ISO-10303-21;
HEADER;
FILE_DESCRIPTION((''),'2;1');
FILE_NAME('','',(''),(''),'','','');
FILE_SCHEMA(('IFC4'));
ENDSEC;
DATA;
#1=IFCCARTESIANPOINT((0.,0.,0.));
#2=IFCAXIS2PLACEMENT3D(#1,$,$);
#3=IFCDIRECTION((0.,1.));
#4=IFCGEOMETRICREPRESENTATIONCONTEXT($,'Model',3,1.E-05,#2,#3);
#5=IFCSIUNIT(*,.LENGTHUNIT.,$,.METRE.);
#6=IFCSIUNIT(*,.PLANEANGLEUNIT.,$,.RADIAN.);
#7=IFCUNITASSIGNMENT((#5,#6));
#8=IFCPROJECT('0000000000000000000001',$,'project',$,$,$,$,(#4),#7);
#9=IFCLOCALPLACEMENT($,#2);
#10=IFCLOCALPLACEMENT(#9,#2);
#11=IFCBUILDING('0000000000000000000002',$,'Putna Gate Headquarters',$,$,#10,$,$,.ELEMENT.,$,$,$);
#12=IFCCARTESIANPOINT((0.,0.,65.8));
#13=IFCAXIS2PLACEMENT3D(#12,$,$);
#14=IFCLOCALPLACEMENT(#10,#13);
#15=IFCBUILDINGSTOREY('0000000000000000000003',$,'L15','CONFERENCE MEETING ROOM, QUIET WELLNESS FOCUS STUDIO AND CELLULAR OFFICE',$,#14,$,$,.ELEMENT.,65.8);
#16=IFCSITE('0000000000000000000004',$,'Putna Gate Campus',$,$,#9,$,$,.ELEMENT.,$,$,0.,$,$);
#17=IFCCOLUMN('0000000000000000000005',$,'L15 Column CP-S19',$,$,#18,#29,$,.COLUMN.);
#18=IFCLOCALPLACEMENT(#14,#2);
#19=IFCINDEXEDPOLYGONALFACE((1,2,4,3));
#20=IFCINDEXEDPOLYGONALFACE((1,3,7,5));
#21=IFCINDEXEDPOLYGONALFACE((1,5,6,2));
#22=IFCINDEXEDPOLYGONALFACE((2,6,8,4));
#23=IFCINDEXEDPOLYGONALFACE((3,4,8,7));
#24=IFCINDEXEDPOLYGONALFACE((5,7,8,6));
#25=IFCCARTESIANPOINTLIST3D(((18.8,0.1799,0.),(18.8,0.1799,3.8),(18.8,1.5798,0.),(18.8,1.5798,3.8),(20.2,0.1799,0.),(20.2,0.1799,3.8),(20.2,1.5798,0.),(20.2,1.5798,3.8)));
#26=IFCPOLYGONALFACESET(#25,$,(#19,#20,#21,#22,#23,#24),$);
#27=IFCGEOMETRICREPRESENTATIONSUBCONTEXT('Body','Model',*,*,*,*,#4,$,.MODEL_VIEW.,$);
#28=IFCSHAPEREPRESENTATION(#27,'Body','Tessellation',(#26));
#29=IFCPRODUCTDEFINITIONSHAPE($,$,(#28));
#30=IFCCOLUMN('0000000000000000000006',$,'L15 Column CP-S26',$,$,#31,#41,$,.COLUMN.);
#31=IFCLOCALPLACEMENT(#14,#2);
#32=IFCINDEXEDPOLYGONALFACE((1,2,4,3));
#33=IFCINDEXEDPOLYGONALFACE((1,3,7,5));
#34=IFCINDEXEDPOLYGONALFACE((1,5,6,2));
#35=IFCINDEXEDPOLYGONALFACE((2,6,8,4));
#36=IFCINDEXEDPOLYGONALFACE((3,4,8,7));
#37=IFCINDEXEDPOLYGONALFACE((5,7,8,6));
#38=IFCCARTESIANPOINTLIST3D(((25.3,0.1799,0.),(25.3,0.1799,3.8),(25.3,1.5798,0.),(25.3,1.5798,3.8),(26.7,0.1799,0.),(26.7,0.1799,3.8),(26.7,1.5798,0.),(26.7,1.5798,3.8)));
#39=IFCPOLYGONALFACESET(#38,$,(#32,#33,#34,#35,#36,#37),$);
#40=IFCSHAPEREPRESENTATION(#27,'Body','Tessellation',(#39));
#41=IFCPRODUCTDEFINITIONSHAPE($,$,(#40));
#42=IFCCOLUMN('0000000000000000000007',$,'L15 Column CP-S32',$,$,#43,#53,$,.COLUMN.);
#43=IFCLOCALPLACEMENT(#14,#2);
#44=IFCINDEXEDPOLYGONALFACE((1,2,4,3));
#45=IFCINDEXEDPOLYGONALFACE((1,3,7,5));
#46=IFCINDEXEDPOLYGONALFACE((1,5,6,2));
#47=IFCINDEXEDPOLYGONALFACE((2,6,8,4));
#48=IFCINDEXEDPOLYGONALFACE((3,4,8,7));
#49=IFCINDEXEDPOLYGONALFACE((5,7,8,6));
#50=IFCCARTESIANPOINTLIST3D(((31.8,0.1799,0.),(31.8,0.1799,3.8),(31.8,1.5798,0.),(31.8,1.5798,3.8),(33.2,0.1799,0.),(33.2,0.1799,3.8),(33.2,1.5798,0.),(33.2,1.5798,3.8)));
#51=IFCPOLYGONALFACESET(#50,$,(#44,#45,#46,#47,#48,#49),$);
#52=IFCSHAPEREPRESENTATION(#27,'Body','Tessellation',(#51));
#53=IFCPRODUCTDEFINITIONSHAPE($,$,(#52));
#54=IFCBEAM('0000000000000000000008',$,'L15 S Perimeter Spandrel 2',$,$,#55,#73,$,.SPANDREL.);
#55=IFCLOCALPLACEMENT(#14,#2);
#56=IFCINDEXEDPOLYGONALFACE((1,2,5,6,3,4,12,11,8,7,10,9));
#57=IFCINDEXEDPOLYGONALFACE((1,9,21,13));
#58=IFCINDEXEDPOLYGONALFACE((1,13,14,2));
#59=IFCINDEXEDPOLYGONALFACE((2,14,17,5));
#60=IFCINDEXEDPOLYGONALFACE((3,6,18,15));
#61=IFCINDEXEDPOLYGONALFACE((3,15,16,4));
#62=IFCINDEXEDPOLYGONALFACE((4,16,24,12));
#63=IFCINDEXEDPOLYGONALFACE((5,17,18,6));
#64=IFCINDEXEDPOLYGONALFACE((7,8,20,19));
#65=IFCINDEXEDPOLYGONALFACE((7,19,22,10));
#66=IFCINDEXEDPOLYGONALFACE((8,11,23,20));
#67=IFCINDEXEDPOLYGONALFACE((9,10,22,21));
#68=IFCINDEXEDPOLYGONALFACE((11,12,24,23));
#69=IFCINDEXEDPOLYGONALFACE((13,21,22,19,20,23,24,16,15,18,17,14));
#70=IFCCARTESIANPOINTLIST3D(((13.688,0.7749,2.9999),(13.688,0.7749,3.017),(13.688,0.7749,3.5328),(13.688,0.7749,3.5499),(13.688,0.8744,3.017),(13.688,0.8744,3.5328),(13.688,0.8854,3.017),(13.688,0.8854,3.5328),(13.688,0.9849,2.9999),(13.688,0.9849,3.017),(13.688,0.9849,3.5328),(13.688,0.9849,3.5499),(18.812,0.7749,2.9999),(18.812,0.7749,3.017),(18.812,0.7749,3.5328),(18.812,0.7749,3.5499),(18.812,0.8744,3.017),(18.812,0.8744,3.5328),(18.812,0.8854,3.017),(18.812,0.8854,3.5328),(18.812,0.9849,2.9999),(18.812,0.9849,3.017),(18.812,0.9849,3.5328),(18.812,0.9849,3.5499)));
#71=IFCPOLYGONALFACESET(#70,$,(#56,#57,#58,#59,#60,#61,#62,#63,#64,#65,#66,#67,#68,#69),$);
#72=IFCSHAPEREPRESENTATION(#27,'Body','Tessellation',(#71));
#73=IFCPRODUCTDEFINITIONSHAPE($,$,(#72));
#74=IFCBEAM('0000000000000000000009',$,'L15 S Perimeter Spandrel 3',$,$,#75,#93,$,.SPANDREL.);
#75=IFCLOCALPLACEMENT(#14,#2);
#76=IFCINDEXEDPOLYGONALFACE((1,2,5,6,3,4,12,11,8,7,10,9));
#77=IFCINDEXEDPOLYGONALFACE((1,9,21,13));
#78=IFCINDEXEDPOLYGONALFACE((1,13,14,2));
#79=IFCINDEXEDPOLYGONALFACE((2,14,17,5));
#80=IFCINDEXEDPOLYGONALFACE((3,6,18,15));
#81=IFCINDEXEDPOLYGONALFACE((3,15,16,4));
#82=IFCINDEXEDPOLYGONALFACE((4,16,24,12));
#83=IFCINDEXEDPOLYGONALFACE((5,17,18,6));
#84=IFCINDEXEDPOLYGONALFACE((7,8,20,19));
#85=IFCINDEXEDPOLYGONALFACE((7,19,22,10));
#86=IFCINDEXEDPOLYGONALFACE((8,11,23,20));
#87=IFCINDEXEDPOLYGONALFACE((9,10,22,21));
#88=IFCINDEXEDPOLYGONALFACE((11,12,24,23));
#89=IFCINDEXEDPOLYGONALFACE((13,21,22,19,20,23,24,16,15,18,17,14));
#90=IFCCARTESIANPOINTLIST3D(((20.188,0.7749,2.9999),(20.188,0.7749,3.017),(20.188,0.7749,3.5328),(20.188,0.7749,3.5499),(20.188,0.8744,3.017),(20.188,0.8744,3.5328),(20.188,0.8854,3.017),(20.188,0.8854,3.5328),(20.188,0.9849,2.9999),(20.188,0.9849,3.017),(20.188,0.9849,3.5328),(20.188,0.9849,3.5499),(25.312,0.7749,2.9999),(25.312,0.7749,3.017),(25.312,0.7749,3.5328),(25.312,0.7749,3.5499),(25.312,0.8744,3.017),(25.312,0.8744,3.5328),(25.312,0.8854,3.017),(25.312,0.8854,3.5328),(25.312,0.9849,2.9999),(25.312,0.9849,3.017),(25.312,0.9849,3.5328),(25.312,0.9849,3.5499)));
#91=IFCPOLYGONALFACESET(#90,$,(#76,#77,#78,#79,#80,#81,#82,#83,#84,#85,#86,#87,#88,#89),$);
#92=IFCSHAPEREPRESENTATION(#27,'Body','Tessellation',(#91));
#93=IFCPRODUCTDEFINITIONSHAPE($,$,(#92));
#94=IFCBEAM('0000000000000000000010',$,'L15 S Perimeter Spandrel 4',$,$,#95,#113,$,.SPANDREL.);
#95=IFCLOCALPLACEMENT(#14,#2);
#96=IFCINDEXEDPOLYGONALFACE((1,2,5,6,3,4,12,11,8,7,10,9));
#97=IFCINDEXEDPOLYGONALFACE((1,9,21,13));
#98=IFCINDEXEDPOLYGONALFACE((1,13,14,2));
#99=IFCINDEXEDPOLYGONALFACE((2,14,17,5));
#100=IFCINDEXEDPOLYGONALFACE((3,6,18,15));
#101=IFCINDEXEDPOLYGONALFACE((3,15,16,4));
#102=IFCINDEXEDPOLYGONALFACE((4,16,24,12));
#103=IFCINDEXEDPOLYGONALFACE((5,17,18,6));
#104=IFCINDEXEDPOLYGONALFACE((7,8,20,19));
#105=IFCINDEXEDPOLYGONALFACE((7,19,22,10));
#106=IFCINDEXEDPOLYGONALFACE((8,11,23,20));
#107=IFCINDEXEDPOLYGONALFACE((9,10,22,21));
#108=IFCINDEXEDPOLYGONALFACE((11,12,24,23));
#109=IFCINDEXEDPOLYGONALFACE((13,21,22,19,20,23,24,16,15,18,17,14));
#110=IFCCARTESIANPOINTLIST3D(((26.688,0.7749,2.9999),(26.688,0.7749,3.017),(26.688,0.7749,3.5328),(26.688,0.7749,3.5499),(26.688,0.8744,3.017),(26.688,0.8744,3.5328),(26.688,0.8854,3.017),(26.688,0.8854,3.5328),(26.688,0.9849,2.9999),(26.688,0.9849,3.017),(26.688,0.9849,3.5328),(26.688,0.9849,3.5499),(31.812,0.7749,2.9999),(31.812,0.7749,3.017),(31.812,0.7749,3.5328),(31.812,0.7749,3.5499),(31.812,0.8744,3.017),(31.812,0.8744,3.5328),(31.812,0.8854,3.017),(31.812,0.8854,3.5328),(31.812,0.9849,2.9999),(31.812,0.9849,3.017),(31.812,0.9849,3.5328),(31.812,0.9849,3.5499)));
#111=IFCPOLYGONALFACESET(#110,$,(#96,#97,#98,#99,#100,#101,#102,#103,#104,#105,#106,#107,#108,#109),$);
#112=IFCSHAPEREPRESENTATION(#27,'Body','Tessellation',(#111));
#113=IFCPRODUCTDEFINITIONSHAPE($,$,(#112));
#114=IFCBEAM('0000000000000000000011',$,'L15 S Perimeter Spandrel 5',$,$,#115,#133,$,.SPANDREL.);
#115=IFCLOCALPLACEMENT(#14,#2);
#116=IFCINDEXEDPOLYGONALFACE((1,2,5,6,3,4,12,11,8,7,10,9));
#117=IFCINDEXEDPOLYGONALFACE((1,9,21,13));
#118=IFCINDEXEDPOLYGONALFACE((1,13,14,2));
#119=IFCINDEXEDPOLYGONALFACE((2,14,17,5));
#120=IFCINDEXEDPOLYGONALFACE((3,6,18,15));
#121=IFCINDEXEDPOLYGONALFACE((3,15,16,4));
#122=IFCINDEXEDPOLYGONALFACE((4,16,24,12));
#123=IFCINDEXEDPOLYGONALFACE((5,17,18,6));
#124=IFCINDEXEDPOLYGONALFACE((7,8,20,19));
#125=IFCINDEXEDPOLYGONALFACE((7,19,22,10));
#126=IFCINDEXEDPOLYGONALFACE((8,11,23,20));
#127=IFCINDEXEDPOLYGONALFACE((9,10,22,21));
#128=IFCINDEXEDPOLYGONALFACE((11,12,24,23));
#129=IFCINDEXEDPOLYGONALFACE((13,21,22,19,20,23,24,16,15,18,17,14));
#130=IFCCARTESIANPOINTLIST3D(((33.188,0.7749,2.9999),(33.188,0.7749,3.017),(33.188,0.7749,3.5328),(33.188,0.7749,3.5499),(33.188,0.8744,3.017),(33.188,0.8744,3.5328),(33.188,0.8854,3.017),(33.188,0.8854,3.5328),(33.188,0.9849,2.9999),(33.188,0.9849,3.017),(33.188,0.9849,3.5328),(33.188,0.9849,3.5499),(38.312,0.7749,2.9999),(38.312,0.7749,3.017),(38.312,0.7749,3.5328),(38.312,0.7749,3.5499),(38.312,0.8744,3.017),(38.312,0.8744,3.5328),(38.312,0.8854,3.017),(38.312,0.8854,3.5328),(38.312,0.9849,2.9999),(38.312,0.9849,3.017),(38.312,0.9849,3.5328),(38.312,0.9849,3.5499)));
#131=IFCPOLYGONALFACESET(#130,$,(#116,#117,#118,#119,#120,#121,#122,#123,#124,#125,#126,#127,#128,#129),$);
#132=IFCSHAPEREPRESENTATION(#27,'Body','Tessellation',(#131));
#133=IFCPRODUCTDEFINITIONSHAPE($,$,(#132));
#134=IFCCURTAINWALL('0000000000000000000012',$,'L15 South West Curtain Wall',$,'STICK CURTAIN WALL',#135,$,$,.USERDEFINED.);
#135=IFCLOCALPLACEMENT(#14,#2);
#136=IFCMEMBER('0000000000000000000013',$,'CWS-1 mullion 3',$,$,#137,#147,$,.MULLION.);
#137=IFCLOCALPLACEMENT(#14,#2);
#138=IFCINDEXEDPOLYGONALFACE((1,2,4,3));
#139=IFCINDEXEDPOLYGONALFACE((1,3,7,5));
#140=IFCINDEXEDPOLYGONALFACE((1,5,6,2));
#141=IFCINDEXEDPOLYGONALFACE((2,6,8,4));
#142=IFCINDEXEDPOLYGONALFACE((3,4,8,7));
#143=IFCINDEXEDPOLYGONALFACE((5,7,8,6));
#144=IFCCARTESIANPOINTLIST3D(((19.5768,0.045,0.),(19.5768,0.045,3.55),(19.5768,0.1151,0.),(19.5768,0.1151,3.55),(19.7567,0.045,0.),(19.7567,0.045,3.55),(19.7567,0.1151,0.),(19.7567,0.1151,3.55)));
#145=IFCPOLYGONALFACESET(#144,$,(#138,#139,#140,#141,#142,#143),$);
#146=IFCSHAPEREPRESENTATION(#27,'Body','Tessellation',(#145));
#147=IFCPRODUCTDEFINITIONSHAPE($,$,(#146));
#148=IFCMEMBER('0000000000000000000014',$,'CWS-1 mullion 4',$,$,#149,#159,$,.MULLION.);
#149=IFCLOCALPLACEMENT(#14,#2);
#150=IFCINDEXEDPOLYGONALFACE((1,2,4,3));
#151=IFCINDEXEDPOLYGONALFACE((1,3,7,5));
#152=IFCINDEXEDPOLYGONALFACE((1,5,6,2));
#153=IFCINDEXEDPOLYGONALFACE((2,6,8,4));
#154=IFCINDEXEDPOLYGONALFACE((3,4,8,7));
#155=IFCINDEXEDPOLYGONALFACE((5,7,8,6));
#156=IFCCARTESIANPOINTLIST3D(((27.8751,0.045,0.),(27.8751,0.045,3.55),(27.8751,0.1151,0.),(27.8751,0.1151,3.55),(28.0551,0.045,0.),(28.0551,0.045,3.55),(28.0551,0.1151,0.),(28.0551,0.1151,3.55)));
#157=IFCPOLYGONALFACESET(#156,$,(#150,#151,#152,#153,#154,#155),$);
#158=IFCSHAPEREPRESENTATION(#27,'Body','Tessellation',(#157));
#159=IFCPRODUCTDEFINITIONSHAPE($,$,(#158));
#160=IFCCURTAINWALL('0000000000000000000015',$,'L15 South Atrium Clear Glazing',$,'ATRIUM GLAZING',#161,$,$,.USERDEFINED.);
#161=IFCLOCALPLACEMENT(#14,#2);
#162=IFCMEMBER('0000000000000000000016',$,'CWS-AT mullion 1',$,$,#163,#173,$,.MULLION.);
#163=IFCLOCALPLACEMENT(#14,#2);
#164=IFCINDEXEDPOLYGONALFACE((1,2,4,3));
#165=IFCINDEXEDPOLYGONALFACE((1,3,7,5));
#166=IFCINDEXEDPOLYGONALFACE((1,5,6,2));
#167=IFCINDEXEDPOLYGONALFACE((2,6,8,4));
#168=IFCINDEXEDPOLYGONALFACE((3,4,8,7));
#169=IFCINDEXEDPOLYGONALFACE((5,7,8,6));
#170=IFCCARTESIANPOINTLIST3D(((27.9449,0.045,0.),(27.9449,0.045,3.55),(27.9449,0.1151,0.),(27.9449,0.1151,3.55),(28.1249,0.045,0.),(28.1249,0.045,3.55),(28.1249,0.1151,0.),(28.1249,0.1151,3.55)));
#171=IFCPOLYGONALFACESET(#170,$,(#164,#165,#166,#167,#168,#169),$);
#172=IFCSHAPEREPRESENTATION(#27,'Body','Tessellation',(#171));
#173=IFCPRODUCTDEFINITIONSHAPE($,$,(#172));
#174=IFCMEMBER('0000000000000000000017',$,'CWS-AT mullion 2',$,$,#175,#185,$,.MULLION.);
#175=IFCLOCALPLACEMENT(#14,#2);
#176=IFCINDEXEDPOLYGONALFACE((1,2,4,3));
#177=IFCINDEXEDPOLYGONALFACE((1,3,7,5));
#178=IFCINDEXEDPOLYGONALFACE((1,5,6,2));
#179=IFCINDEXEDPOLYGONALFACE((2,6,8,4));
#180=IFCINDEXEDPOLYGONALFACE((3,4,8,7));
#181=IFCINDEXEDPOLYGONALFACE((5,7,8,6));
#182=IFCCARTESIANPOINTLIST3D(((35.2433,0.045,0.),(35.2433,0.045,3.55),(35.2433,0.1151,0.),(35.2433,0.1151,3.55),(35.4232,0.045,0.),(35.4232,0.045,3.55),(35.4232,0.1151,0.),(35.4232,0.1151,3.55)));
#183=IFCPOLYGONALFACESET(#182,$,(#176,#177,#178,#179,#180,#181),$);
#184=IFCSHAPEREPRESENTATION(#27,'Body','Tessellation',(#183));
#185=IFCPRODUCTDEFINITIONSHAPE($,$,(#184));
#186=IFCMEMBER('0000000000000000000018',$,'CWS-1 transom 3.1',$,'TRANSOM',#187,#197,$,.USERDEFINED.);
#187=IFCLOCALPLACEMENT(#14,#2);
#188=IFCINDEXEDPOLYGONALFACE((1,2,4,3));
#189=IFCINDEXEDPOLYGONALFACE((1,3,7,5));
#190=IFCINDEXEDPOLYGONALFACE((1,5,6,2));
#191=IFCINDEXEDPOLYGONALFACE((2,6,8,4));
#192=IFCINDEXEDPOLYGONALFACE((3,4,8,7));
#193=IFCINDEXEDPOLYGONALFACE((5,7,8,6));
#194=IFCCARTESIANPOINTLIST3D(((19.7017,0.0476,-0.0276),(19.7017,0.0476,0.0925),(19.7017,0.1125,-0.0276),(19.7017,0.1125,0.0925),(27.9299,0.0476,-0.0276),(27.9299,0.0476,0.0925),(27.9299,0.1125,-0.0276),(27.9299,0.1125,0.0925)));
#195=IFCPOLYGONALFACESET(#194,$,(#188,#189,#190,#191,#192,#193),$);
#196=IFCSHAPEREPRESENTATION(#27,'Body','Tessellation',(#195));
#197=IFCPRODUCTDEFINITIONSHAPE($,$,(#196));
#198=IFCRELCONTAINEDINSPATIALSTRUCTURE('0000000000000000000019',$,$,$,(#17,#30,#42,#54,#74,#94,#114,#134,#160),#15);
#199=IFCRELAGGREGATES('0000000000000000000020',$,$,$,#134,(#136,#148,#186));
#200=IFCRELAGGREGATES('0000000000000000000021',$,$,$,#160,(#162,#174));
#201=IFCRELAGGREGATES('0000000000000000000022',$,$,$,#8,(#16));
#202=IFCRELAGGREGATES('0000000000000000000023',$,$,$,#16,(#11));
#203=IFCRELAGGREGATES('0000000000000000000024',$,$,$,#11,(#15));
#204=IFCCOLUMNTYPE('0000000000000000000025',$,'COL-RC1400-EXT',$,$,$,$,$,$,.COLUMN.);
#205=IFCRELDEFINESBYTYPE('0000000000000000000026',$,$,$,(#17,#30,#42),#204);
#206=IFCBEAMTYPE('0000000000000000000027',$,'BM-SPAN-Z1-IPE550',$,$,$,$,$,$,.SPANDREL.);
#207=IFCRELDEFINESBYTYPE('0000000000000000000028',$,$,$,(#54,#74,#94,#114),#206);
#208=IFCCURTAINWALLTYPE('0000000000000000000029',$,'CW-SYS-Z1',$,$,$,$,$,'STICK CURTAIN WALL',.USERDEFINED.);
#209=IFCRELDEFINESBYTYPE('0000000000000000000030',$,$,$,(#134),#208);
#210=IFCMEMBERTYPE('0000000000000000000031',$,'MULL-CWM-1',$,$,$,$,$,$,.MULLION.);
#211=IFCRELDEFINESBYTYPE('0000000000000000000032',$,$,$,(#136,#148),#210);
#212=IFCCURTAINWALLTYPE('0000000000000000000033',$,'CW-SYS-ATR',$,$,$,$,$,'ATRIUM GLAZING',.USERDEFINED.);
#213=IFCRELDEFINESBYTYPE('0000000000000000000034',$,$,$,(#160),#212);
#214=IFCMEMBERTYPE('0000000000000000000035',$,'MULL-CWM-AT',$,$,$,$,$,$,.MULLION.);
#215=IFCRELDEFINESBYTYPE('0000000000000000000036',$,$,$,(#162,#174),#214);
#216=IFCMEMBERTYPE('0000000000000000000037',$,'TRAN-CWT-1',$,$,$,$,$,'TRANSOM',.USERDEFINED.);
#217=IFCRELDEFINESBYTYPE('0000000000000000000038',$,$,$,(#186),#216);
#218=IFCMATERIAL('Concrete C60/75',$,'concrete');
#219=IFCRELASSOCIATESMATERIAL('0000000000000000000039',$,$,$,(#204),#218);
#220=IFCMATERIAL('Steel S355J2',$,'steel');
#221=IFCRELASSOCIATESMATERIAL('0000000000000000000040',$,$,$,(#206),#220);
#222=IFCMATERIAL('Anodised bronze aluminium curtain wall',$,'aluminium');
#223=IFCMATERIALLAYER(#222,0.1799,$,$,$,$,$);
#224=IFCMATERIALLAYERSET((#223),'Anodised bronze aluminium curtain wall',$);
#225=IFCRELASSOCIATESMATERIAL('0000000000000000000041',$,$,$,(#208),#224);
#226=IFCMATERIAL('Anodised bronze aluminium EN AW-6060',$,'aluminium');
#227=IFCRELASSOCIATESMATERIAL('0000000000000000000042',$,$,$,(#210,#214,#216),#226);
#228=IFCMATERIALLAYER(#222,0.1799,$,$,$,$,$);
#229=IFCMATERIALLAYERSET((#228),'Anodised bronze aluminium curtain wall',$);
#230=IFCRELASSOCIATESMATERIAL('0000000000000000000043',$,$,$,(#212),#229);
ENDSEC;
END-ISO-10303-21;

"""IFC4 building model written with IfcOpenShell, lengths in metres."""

from ifc_helpers import new_model, si_unit, direction, frame, origin, origin_2d, place, context, subcontext, project, spatial, rectangle, i_section, extrude, material, layer, layer_set, material_profile, profile_set, type_object, element, aggregate, save


model = new_model("IFC4")

# Units and contexts
model_context = context("Model", 3, precision=1e-05, world=origin(), true_north=direction((0.0, 1.0)))
body_context = subcontext(model_context, "Body", "Model", "MODEL_VIEW")
ifc_project = project(units=[si_unit("LENGTHUNIT", "METRE"), si_unit("PLANEANGLEUNIT", "RADIAN")], contexts=[model_context])

# Site, building, storey
site_placement = place(None, origin())
site = spatial("IfcSite", under=ifc_project, at=site_placement, Name="Putna Gate Campus", CompositionType="ELEMENT", RefElevation=0.0)
building_placement = place(site_placement, origin())
building = spatial("IfcBuilding", under=site, at=building_placement, Name="Putna Gate Headquarters", CompositionType="ELEMENT")
storey_placement = place(building_placement, frame((0.0, 0.0, 65.8)))
storey = spatial("IfcBuildingStorey", under=building, at=storey_placement, Name="L15", Description="CONFERENCE MEETING ROOM, QUIET WELLNESS FOCUS STUDIO AND CELLULAR OFFICE", CompositionType="ELEMENT", Elevation=65.8)

# Columns
ifc_material_1 = material(Name="Concrete C60/75", Category="concrete")
ifc_material_profile_1 = material_profile(ifc_material_1, rectangle(XDim=1.3999, YDim=1.3999, at=origin_2d()), Name="Concrete C60/75")
ifc_profile_set_1 = profile_set([ifc_material_profile_1], Name="Concrete C60/75")
column_type = type_object("IfcColumnType", Name="COL-RC1400-EXT", PredefinedType="COLUMN", material=ifc_profile_set_1)
for number, where, z_axis, x_axis, name in (
    (1, (19.5, 0.8799, 0.0), (0.0, 0.0, 1.0), (1.0, 0.0, 0.0), "L15 Column CP-S19"),
    (2, (26.0, 0.8799, 0.0), (0.0, 0.0, 1.0), (1.0, 0.0, 0.0), "L15 Column CP-S26"),
    (3, (32.5, 0.8799, 0.0), (0.0, 0.0, 1.0), (1.0, 0.0, 0.0), "L15 Column CP-S32"),
):
    element("IfcColumn", number, at=place(storey_placement, frame(where, z_axis=z_axis, x_axis=x_axis)), inside=storey, type_object=column_type, Name=name, PredefinedType="COLUMN", context=body_context, shape_type="SweptSolid", body=[
        extrude(rectangle(XDim=1.3999, YDim=1.3999, at=origin_2d()), origin(), (0.0, 0.0, 1.0), 3.8),
    ])

# Beams
ifc_material_2 = material(Name="Steel S355J2", Category="steel")
ifc_material_profile_2 = material_profile(ifc_material_2, i_section(OverallWidth=0.21, OverallDepth=0.55, WebThickness=0.011, FlangeThickness=0.0171, at=origin_2d()), Name="Steel S355J2")
ifc_profile_set_2 = profile_set([ifc_material_profile_2], Name="Steel S355J2")
beam_type = type_object("IfcBeamType", Name="BM-SPAN-Z1-IPE550", PredefinedType="SPANDREL", material=ifc_profile_set_2)
for number, where, z_axis, x_axis, name in (
    (4, (13.688, 0.8799, 3.2749), (1.0, 0.0, 0.0), (0.0, 1.0, 0.0), "L15 S Perimeter Spandrel 2"),
    (5, (20.188, 0.8799, 3.2749), (1.0, 0.0, 0.0), (0.0, 1.0, 0.0), "L15 S Perimeter Spandrel 3"),
    (6, (26.688, 0.8799, 3.2749), (1.0, 0.0, 0.0), (0.0, 1.0, 0.0), "L15 S Perimeter Spandrel 4"),
    (7, (33.188, 0.8799, 3.2749), (1.0, 0.0, 0.0), (0.0, 1.0, 0.0), "L15 S Perimeter Spandrel 5"),
):
    element("IfcBeam", number, at=place(storey_placement, frame(where, z_axis=z_axis, x_axis=x_axis)), inside=storey, type_object=beam_type, Name=name, PredefinedType="SPANDREL", context=body_context, shape_type="SweptSolid", body=[
        extrude(i_section(OverallWidth=0.21, OverallDepth=0.55, WebThickness=0.011, FlangeThickness=0.0171, at=origin_2d()), origin(), (0.0, 0.0, 1.0), 5.124),
    ])

# Curtain walls, members
ifc_material_3 = material(Name="Anodised bronze aluminium curtain wall", Category="aluminium")
ifc_layer_1 = layer(ifc_material_3, 0.1799)
ifc_layer_set_1 = layer_set([ifc_layer_1], Name="Anodised bronze aluminium curtain wall")
curtain_wall_type_1 = type_object("IfcCurtainWallType", Name="CW-SYS-Z1", ElementType="STICK CURTAIN WALL", PredefinedType="USERDEFINED", material=ifc_layer_set_1)
curtain_wall_1_placement = place(storey_placement, origin())
curtain_wall_1 = element("IfcCurtainWall", 8, at=curtain_wall_1_placement, inside=storey, type_object=curtain_wall_type_1, Name="L15 South West Curtain Wall", ObjectType="STICK CURTAIN WALL", PredefinedType="USERDEFINED")
ifc_material_4 = material(Name="Anodised bronze aluminium EN AW-6060", Category="aluminium")
ifc_material_profile_3 = material_profile(ifc_material_4, rectangle(XDim=0.0701, YDim=0.1799, at=origin_2d()), Name="Anodised bronze aluminium EN AW-6060")
ifc_profile_set_3 = profile_set([ifc_material_profile_3], Name="Anodised bronze aluminium EN AW-6060")
member_type_1 = type_object("IfcMemberType", Name="MULL-CWM-1", PredefinedType="MULLION", material=ifc_profile_set_3)
member_1_placement = place(storey_placement, frame((19.6667, 0.0801, 0.0), z_axis=(0.0, 0.0, 1.0), x_axis=(0.0, 1.0, 0.0)))
member_1 = element("IfcMember", 9, at=member_1_placement, type_object=member_type_1, Name="CWS-1 mullion 3", PredefinedType="MULLION", context=body_context, shape_type="SweptSolid", body=[
    extrude(rectangle(XDim=0.0701, YDim=0.1799, at=origin_2d()), origin(), (0.0, 0.0, 1.0), 3.55),
])
member_2_placement = place(storey_placement, frame((27.9651, 0.0801, 0.0), z_axis=(0.0, 0.0, 1.0), x_axis=(0.0, 1.0, 0.0)))
member_2 = element("IfcMember", 10, at=member_2_placement, type_object=member_type_1, Name="CWS-1 mullion 4", PredefinedType="MULLION", context=body_context, shape_type="SweptSolid", body=[
    extrude(rectangle(XDim=0.0701, YDim=0.1799, at=origin_2d()), origin(), (0.0, 0.0, 1.0), 3.55),
])
ifc_layer_2 = layer(ifc_material_3, 0.1799)
ifc_layer_set_2 = layer_set([ifc_layer_2], Name="Anodised bronze aluminium curtain wall")
curtain_wall_type_2 = type_object("IfcCurtainWallType", Name="CW-SYS-ATR", ElementType="ATRIUM GLAZING", PredefinedType="USERDEFINED", material=ifc_layer_set_2)
curtain_wall_2_placement = place(storey_placement, origin())
curtain_wall_2 = element("IfcCurtainWall", 11, at=curtain_wall_2_placement, inside=storey, type_object=curtain_wall_type_2, Name="L15 South Atrium Clear Glazing", ObjectType="ATRIUM GLAZING", PredefinedType="USERDEFINED")
ifc_material_profile_4 = material_profile(ifc_material_4, rectangle(XDim=0.0701, YDim=0.1799, at=origin_2d()), Name="Anodised bronze aluminium EN AW-6060")
ifc_profile_set_4 = profile_set([ifc_material_profile_4], Name="Anodised bronze aluminium EN AW-6060")
member_type_2 = type_object("IfcMemberType", Name="MULL-CWM-AT", PredefinedType="MULLION", material=ifc_profile_set_4)
member_3_placement = place(storey_placement, frame((28.0349, 0.0801, 0.0), z_axis=(0.0, 0.0, 1.0), x_axis=(0.0, 1.0, 0.0)))
member_3 = element("IfcMember", 12, at=member_3_placement, type_object=member_type_2, Name="CWS-AT mullion 1", PredefinedType="MULLION", context=body_context, shape_type="SweptSolid", body=[
    extrude(rectangle(XDim=0.0701, YDim=0.1799, at=origin_2d()), origin(), (0.0, 0.0, 1.0), 3.55),
])
member_4_placement = place(storey_placement, frame((35.3333, 0.0801, 0.0), z_axis=(0.0, 0.0, 1.0), x_axis=(0.0, 1.0, 0.0)))
member_4 = element("IfcMember", 13, at=member_4_placement, type_object=member_type_2, Name="CWS-AT mullion 2", PredefinedType="MULLION", context=body_context, shape_type="SweptSolid", body=[
    extrude(rectangle(XDim=0.0701, YDim=0.1799, at=origin_2d()), origin(), (0.0, 0.0, 1.0), 3.55),
])

# Member
ifc_material_profile_5 = material_profile(ifc_material_4, rectangle(XDim=0.0649, YDim=0.1201, at=origin_2d()), Name="Anodised bronze aluminium EN AW-6060")
ifc_profile_set_5 = profile_set([ifc_material_profile_5], Name="Anodised bronze aluminium EN AW-6060")
member_type_3 = type_object("IfcMemberType", Name="TRAN-CWT-1", ElementType="TRANSOM", PredefinedType="USERDEFINED", material=ifc_profile_set_5)
member_5_placement = place(storey_placement, frame((19.7017, 0.0801, 0.0325), z_axis=(1.0, 0.0, 0.0), x_axis=(0.0, 1.0, 0.0)))
member_5 = element("IfcMember", 14, at=member_5_placement, type_object=member_type_3, Name="CWS-1 transom 3.1", ObjectType="TRANSOM", PredefinedType="USERDEFINED", context=body_context, shape_type="SweptSolid", body=[
    extrude(rectangle(XDim=0.0649, YDim=0.1201, at=origin_2d()), origin(), (0.0, 0.0, 1.0), 8.2283),
])

aggregate(curtain_wall_1, [member_1, member_2, member_5])
aggregate(curtain_wall_2, [member_3, member_4])

save(model, "model.ifc")
